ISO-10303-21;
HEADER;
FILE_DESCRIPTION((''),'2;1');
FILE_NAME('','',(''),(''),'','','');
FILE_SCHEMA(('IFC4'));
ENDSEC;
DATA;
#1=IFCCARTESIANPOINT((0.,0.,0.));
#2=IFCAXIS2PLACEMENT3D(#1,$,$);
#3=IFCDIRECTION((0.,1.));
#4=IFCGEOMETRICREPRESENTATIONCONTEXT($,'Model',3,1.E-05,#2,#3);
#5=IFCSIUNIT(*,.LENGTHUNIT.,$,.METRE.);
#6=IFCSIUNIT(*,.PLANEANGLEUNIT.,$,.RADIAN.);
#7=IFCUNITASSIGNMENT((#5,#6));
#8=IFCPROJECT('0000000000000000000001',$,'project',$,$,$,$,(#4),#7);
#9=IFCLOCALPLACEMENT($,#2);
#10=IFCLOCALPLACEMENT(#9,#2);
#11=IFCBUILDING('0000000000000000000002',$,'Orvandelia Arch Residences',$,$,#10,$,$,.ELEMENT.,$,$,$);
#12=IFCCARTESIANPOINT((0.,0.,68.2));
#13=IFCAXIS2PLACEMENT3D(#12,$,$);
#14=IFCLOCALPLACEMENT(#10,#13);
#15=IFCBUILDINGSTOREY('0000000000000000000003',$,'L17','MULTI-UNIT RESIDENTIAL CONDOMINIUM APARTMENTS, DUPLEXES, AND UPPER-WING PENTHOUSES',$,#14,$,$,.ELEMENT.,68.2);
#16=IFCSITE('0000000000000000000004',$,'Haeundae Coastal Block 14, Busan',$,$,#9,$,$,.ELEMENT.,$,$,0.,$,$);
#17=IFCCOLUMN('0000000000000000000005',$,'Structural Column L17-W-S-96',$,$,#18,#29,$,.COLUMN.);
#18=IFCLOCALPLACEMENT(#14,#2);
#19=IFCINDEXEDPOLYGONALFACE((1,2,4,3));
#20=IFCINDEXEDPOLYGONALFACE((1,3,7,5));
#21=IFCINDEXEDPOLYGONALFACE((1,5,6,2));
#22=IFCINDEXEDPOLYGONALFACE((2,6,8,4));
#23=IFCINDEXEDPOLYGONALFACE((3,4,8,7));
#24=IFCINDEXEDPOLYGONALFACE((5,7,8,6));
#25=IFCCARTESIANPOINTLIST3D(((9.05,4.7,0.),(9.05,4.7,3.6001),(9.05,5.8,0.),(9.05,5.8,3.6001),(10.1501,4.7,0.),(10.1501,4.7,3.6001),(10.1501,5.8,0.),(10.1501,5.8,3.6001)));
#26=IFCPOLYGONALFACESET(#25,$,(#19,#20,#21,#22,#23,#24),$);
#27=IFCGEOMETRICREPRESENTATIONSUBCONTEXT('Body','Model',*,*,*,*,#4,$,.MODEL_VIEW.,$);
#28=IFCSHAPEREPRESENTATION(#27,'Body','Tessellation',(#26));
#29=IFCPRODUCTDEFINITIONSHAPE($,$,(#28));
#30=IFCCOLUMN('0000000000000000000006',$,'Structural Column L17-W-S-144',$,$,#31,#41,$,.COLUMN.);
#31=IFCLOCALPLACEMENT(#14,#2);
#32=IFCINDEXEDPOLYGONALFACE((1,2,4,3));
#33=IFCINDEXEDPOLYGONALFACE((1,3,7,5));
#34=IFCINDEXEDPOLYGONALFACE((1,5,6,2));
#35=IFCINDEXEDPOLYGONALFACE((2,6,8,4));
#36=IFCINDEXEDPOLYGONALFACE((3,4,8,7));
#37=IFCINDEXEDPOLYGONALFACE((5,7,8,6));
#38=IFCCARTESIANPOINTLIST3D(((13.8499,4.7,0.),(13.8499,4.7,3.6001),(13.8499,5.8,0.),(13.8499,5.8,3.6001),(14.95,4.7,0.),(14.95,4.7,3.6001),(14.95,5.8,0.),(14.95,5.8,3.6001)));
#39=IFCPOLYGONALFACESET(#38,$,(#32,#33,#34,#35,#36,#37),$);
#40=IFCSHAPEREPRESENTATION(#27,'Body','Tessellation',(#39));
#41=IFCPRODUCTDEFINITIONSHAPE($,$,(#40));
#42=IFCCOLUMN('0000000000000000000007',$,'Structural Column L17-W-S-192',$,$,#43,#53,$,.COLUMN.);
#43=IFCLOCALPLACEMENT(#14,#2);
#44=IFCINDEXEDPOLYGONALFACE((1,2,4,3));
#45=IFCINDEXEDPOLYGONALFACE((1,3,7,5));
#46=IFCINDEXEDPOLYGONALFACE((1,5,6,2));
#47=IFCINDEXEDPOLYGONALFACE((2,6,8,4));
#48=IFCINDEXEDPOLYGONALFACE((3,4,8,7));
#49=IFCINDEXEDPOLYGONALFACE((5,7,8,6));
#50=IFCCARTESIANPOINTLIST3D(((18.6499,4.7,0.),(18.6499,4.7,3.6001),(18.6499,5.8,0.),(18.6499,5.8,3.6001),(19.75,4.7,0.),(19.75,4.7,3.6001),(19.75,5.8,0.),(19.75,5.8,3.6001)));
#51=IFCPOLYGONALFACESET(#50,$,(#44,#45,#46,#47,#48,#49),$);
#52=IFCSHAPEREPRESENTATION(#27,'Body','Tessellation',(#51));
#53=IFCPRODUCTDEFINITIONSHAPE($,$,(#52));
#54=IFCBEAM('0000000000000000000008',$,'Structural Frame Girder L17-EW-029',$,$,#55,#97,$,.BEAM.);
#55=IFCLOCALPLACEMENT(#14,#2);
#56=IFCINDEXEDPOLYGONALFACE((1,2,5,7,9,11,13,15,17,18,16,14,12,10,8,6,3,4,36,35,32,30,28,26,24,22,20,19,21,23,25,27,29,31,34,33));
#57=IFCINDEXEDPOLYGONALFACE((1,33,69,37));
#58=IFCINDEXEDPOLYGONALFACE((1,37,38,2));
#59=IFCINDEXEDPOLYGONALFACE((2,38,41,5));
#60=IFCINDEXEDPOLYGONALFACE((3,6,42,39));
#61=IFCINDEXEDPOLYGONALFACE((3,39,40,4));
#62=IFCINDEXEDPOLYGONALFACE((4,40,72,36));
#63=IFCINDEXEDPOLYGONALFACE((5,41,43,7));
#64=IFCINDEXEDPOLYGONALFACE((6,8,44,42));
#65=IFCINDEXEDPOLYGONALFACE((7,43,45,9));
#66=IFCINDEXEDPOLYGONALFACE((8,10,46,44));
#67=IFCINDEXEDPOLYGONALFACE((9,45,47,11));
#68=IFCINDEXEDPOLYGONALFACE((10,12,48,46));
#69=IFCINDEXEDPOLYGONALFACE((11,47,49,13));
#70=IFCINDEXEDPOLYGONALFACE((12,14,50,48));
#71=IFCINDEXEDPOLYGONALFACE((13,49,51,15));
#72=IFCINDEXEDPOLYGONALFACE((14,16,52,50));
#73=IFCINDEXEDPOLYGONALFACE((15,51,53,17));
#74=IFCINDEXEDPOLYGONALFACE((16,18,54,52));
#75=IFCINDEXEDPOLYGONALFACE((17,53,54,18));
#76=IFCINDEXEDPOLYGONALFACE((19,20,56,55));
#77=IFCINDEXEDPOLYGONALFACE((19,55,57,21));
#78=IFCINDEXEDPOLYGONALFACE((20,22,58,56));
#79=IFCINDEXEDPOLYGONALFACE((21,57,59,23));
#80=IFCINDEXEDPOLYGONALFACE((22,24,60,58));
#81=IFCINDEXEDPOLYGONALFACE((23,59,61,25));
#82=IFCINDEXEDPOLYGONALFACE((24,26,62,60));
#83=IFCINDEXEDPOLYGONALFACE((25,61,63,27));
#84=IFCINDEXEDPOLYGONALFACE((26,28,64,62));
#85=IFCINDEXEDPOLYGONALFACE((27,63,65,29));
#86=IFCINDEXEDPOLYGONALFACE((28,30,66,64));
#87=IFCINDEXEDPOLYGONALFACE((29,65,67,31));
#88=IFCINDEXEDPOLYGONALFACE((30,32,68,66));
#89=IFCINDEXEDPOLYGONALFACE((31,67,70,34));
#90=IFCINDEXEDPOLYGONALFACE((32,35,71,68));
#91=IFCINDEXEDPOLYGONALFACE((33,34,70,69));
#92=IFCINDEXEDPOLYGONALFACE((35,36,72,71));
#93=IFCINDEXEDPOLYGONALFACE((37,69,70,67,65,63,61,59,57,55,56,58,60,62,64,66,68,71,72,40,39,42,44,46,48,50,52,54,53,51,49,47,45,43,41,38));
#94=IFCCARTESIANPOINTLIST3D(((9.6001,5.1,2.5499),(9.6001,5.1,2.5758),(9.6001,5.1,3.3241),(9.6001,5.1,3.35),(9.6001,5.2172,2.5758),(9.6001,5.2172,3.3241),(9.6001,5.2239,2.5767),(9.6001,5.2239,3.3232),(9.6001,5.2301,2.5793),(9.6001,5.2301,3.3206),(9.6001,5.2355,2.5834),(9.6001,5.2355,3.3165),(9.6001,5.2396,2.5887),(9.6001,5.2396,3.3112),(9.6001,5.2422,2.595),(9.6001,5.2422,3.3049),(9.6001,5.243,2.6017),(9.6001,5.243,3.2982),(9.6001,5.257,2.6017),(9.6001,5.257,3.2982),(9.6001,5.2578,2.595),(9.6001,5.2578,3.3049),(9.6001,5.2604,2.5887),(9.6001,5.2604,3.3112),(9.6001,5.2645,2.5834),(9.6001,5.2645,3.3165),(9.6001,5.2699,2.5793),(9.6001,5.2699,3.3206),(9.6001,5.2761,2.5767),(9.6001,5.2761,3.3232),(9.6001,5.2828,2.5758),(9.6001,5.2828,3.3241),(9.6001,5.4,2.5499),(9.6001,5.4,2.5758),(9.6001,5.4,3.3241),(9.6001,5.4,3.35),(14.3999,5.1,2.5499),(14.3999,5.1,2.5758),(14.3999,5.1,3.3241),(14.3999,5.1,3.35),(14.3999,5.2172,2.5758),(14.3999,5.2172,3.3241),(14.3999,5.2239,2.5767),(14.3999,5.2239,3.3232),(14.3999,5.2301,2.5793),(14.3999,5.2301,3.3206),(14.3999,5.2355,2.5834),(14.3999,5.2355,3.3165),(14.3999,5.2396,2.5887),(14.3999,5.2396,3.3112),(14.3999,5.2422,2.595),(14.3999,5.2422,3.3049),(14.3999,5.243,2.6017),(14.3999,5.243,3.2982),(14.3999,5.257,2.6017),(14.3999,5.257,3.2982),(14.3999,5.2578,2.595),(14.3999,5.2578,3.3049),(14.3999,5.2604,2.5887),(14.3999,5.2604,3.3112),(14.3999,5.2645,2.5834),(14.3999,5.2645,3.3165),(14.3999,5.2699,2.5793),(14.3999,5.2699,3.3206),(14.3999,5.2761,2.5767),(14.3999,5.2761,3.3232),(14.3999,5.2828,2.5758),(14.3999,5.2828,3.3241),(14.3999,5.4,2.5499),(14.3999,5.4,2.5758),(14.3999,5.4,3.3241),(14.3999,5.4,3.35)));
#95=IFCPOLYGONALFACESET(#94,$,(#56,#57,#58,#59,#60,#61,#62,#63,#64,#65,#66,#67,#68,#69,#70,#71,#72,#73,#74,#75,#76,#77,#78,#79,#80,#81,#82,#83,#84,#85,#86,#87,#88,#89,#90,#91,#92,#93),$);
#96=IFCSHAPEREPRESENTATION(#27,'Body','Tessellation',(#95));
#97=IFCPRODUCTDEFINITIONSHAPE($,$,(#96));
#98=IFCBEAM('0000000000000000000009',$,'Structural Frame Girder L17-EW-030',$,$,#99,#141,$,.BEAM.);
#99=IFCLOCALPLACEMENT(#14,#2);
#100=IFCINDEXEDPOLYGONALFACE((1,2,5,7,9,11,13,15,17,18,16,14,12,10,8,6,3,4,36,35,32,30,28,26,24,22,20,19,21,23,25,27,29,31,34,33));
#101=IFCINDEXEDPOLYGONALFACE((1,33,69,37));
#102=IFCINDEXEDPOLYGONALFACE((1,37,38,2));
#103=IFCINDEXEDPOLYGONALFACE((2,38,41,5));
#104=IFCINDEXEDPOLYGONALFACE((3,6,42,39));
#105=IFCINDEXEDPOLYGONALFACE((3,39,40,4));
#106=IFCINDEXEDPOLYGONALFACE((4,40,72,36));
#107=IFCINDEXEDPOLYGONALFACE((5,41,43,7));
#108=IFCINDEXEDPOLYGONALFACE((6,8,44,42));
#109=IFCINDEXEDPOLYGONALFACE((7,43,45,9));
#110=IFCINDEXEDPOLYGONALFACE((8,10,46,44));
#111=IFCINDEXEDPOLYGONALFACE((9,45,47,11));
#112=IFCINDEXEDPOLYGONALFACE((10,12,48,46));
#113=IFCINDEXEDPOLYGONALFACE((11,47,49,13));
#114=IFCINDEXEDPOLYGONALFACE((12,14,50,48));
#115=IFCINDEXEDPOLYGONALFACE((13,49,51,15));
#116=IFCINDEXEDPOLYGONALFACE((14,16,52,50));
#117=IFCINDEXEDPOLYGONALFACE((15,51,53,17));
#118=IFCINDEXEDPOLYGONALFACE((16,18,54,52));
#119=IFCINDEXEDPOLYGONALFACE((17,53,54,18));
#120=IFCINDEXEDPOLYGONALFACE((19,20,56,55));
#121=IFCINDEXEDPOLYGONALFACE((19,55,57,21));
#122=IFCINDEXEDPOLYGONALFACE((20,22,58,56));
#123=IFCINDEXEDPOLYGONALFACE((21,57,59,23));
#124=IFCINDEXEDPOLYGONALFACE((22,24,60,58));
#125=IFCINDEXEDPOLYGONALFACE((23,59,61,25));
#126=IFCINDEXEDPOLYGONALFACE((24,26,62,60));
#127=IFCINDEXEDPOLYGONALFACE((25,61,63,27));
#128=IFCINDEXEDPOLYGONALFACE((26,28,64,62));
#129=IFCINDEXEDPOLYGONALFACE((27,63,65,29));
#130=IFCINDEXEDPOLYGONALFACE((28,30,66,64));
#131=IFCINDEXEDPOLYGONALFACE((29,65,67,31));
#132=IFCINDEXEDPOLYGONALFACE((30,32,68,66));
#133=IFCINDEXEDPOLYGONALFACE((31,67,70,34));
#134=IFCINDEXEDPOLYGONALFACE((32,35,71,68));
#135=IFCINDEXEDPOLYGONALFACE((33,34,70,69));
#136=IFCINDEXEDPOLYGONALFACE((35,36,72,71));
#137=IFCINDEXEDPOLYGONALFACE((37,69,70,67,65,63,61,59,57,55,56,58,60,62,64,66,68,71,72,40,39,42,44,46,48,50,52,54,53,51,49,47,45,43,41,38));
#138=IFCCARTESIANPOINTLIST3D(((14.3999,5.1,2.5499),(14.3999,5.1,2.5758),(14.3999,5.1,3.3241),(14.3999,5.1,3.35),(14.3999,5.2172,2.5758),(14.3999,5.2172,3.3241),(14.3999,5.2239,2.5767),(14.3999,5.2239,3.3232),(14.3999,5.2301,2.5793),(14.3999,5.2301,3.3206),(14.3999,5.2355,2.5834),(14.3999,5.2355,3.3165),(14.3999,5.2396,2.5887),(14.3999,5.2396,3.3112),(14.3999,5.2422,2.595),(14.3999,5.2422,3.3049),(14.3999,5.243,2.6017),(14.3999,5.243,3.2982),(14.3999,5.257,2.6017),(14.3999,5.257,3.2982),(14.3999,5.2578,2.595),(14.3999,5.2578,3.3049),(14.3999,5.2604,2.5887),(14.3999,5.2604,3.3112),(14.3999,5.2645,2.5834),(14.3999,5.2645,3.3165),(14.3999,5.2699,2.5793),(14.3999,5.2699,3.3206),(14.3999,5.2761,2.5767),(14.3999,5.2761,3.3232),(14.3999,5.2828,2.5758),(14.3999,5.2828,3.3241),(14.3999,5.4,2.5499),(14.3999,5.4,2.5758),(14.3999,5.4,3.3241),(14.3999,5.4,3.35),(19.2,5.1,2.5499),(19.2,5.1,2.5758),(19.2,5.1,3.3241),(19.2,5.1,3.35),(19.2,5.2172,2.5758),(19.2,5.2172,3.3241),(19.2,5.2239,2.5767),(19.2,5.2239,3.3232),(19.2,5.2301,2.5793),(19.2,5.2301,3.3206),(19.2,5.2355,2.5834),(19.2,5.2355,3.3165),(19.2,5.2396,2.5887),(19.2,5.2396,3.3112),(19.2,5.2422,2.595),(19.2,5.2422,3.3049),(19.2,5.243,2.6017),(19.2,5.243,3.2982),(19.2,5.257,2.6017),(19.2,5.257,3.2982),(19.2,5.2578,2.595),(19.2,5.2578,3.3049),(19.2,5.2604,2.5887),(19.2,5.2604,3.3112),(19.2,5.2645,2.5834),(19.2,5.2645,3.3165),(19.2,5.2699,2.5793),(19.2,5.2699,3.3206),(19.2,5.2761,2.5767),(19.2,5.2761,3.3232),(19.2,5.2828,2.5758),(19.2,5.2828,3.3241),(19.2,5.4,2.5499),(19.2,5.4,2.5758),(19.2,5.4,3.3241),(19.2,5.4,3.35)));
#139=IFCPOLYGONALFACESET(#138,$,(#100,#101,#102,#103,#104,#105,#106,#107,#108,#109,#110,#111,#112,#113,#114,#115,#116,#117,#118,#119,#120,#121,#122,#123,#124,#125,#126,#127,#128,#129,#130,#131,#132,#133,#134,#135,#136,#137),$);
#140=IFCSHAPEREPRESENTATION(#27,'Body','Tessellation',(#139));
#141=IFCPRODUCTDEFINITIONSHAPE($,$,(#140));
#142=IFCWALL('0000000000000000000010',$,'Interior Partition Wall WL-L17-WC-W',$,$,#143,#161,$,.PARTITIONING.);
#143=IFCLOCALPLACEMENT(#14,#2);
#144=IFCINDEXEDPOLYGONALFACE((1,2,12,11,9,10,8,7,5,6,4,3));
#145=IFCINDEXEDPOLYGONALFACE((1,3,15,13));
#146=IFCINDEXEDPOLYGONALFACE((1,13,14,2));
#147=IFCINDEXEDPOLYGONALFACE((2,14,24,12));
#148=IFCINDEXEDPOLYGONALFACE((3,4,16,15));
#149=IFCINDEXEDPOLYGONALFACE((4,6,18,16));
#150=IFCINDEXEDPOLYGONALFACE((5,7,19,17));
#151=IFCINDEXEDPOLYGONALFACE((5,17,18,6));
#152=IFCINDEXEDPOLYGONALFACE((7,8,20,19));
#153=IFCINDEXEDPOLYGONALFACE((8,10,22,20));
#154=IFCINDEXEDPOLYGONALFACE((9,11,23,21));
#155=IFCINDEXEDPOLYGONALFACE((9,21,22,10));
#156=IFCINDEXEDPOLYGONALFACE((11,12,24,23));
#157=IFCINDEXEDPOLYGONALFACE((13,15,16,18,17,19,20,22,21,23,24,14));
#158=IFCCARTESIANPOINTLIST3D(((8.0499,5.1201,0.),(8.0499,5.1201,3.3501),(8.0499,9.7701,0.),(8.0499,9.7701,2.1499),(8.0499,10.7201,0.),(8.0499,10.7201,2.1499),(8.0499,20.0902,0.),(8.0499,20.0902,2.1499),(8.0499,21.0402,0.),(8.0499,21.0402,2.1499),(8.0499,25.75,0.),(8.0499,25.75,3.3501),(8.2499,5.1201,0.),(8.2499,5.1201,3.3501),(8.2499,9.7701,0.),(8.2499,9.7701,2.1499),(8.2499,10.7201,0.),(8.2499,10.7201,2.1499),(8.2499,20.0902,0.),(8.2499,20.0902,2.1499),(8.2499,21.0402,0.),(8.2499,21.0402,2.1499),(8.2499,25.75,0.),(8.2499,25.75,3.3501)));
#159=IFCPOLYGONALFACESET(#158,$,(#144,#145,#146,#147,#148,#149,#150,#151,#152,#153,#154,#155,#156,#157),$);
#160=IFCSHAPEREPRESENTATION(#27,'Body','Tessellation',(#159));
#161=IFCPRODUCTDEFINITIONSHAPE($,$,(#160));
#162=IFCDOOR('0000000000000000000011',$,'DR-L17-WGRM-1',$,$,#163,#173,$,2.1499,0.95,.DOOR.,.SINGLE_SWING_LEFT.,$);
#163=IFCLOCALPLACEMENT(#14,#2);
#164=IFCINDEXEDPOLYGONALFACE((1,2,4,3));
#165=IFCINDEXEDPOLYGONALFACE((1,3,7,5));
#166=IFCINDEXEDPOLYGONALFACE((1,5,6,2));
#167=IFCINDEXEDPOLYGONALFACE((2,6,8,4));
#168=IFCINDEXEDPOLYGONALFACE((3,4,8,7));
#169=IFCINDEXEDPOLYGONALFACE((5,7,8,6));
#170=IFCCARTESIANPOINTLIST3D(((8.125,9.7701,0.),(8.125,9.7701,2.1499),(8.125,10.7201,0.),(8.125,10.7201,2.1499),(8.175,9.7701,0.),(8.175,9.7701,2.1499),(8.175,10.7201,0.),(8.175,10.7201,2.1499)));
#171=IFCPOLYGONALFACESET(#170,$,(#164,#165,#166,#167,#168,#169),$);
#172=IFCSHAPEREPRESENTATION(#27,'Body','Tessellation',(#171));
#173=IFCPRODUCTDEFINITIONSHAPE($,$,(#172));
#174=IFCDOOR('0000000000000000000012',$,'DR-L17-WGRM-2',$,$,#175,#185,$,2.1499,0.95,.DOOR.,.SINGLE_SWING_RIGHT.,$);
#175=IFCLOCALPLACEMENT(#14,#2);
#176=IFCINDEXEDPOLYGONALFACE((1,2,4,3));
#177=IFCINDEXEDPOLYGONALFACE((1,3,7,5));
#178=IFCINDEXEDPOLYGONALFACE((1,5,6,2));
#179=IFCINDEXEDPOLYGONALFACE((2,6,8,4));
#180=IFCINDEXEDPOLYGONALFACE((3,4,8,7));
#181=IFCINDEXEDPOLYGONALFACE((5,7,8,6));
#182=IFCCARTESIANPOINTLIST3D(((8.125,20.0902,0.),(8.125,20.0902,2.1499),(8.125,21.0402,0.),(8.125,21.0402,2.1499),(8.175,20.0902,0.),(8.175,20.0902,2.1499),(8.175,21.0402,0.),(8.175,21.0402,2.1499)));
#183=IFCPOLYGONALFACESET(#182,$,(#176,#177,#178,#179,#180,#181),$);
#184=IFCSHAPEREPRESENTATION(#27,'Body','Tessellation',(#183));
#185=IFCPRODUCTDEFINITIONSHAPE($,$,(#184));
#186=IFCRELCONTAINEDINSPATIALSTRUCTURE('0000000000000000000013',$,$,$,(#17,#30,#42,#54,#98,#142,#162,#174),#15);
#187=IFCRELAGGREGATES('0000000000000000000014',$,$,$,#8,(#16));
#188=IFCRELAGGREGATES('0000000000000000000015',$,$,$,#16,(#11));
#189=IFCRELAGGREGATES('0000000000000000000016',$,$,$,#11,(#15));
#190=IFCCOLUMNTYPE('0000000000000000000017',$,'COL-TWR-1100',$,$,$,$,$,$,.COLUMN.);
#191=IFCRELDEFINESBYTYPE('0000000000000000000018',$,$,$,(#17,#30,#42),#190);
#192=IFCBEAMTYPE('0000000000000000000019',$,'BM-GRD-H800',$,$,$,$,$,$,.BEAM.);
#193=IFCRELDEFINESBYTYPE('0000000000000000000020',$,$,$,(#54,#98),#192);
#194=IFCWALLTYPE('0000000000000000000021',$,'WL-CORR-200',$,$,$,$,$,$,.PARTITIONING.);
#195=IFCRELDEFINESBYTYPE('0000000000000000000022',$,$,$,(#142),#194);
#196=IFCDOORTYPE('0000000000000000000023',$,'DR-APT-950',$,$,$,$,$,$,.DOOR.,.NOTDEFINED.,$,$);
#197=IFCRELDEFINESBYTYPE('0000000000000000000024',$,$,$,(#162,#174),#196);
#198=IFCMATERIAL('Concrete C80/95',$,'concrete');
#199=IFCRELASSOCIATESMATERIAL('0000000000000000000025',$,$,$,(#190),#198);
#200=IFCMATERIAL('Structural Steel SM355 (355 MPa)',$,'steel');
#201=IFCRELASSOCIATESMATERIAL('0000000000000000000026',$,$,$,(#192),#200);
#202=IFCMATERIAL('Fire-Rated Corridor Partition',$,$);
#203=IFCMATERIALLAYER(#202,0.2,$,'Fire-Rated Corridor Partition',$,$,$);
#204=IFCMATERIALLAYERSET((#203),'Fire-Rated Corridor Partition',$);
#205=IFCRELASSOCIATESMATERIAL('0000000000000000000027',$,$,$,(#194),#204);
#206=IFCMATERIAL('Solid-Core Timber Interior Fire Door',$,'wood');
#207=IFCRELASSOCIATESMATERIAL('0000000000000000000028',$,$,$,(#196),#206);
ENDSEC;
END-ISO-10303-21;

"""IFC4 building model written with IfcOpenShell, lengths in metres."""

from ifc_helpers import new_model, si_unit, direction, frame, frame_2d, origin, origin_2d, place, context, subcontext, project, spatial, rectangle, i_section, extrude, material, layer, layer_set, material_profile, profile_set, type_object, element, fill, save


model = new_model("IFC4")

# Units and contexts
model_context = context("Model", 3, precision=1e-05, world=origin(), true_north=direction((0.0, 1.0)))
body_context = subcontext(model_context, "Body", "Model", "MODEL_VIEW")
ifc_project = project(units=[si_unit("LENGTHUNIT", "METRE"), si_unit("PLANEANGLEUNIT", "RADIAN")], contexts=[model_context])

# Site, building, storey
site_placement = place(None, origin())
site = spatial("IfcSite", under=ifc_project, at=site_placement, Name="Haeundae Coastal Block 14, Busan", CompositionType="ELEMENT", RefElevation=0.0)
building_placement = place(site_placement, origin())
building = spatial("IfcBuilding", under=site, at=building_placement, Name="Orvandelia Arch Residences", CompositionType="ELEMENT")
storey_placement = place(building_placement, frame((0.0, 0.0, 68.2)))
storey = spatial("IfcBuildingStorey", under=building, at=storey_placement, Name="L17", Description="MULTI-UNIT RESIDENTIAL CONDOMINIUM APARTMENTS, DUPLEXES, AND UPPER-WING PENTHOUSES", CompositionType="ELEMENT", Elevation=68.2)

# Columns
ifc_material_1 = material(Name="Concrete C80/95", Category="concrete")
ifc_material_profile_1 = material_profile(ifc_material_1, rectangle(XDim=1.1001, YDim=1.1001, at=origin_2d()), Name="Concrete C80/95", Category="concrete")
ifc_profile_set_1 = profile_set([ifc_material_profile_1], Name="Concrete C80/95")
column_type = type_object("IfcColumnType", Name="COL-TWR-1100", PredefinedType="COLUMN", material=ifc_profile_set_1)
for number, where, z_axis, x_axis, name in (
    (1, (9.6001, 5.25, 0.0), (0.0, 0.0, 1.0), (1.0, 0.0, 0.0), "Structural Column L17-W-S-96"),
    (2, (14.3999, 5.25, 0.0), (0.0, 0.0, 1.0), (1.0, 0.0, 0.0), "Structural Column L17-W-S-144"),
    (3, (19.2, 5.25, 0.0), (0.0, 0.0, 1.0), (1.0, 0.0, 0.0), "Structural Column L17-W-S-192"),
):
    element("IfcColumn", number, at=place(storey_placement, frame(where, z_axis=z_axis, x_axis=x_axis)), inside=storey, type_object=column_type, Name=name, PredefinedType="COLUMN", context=body_context, shape_type="SweptSolid", body=[
        extrude(rectangle(XDim=1.1001, YDim=1.1001, at=origin_2d()), origin(), (0.0, 0.0, 1.0), 3.6001),
    ])

# Beams
ifc_material_2 = material(Name="Structural Steel SM355 (355 MPa)", Category="steel")
ifc_material_profile_2 = material_profile(ifc_material_2, i_section(OverallWidth=0.3, OverallDepth=0.8, WebThickness=0.0139, FlangeThickness=0.0259, FilletRadius=0.0259, at=origin_2d()), Name="Structural Steel SM355 (355 MPa)", Category="steel")
ifc_profile_set_2 = profile_set([ifc_material_profile_2], Name="Structural Steel SM355 (355 MPa)")
beam_type = type_object("IfcBeamType", Name="BM-GRD-H800", PredefinedType="BEAM", material=ifc_profile_set_2)
beam_1_placement = place(storey_placement, frame((9.6001, 5.25, 2.95), z_axis=(1.0, 0.0, 0.0), x_axis=(0.0, 1.0, 0.0)))
element("IfcBeam", 4, at=beam_1_placement, inside=storey, type_object=beam_type, Name="Structural Frame Girder L17-EW-029", PredefinedType="BEAM", context=body_context, shape_type="SweptSolid", body=[
    extrude(i_section(OverallWidth=0.3, OverallDepth=0.8, WebThickness=0.0139, FlangeThickness=0.0259, FilletRadius=0.0259, at=origin_2d()), origin(), (0.0, 0.0, 1.0), 4.7998),
])
beam_2_placement = place(storey_placement, frame((14.3999, 5.25, 2.95), z_axis=(1.0, 0.0, 0.0), x_axis=(0.0, 1.0, 0.0)))
element("IfcBeam", 5, at=beam_2_placement, inside=storey, type_object=beam_type, Name="Structural Frame Girder L17-EW-030", PredefinedType="BEAM", context=body_context, shape_type="SweptSolid", body=[
    extrude(i_section(OverallWidth=0.3, OverallDepth=0.8, WebThickness=0.0139, FlangeThickness=0.0259, FilletRadius=0.0259, at=origin_2d()), origin(), (0.0, 0.0, 1.0), 4.8),
])

# Wall, openings, doors
ifc_material_3 = material(Name="Fire-Rated Corridor Partition")
ifc_layer_1 = layer(ifc_material_3, 0.2, Name="Fire-Rated Corridor Partition")
ifc_layer_set_1 = layer_set([ifc_layer_1], Name="Fire-Rated Corridor Partition")
wall_type_1 = type_object("IfcWallType", Name="WL-CORR-200", PredefinedType="PARTITIONING", material=ifc_layer_set_1)
wall_1_placement = place(storey_placement, frame((8.1499, 5.1201, 0.0), z_axis=(0.0, 0.0, 1.0), x_axis=(0.0, 1.0, 0.0)))
wall_1 = element("IfcWall", 6, at=wall_1_placement, inside=storey, type_object=wall_type_1, Name="Interior Partition Wall WL-L17-WC-W", PredefinedType="PARTITIONING", context=body_context, shape_type="SweptSolid", body=[
    extrude(rectangle(XDim=20.6299, YDim=0.2, at=frame_2d((10.3149, 0.0))), origin(), (0.0, 0.0, 1.0), 3.3501),
])
opening_1_placement = place(wall_1_placement, frame((4.6499, 0.0, 0.0)))
opening_1 = element("IfcOpeningElement", 7, at=opening_1_placement, cuts=wall_1, PredefinedType="OPENING", context=body_context, shape_type="SweptSolid", body=[
    extrude(rectangle(XDim=0.95, YDim=2.1499, at=frame_2d((0.4751, 1.075))), frame((0.0, 0.1099, 0.0), z_axis=(0.0, -1.0, 0.0), x_axis=(1.0, 0.0, 0.0)), (0.0, 0.0, 1.0), 0.22),
])
opening_2_placement = place(wall_1_placement, frame((14.97, 0.0, 0.0)))
opening_2 = element("IfcOpeningElement", 8, at=opening_2_placement, cuts=wall_1, PredefinedType="OPENING", context=body_context, shape_type="SweptSolid", body=[
    extrude(rectangle(XDim=0.95, YDim=2.1499, at=frame_2d((0.4751, 1.075))), frame((0.0, 0.1099, 0.0), z_axis=(0.0, -1.0, 0.0), x_axis=(1.0, 0.0, 0.0)), (0.0, 0.0, 1.0), 0.22),
])
ifc_material_4 = material(Name="Solid-Core Timber Interior Fire Door", Category="wood")
door_type_1 = type_object("IfcDoorType", Name="DR-APT-950", OperationType="NOTDEFINED", PredefinedType="DOOR", material=ifc_material_4)
door_1_placement = place(opening_1_placement, origin())
door_1 = element("IfcDoor", 9, at=door_1_placement, inside=storey, type_object=door_type_1, Name="DR-L17-WGRM-1", OperationType="SINGLE_SWING_LEFT", OverallHeight=2.1499, OverallWidth=0.95, PredefinedType="DOOR", context=body_context, shape_type="SweptSolid", body=[
    extrude(rectangle(XDim=0.95, YDim=2.1499, at=frame_2d((0.4751, 1.075))), frame((0.0, 0.0249, 0.0), z_axis=(0.0, -1.0, 0.0), x_axis=(1.0, 0.0, 0.0)), (0.0, 0.0, 1.0), 0.05),
])
fill(opening_1, door_1)
door_2_placement = place(opening_2_placement, origin())
door_2 = element("IfcDoor", 10, at=door_2_placement, inside=storey, type_object=door_type_1, Name="DR-L17-WGRM-2", OperationType="SINGLE_SWING_RIGHT", OverallHeight=2.1499, OverallWidth=0.95, PredefinedType="DOOR", context=body_context, shape_type="SweptSolid", body=[
    extrude(rectangle(XDim=0.95, YDim=2.1499, at=frame_2d((0.4751, 1.075))), frame((0.0, 0.0249, 0.0), z_axis=(0.0, -1.0, 0.0), x_axis=(1.0, 0.0, 0.0)), (0.0, 0.0, 1.0), 0.05),
])
fill(opening_2, door_2)

save(model, "model.ifc")
